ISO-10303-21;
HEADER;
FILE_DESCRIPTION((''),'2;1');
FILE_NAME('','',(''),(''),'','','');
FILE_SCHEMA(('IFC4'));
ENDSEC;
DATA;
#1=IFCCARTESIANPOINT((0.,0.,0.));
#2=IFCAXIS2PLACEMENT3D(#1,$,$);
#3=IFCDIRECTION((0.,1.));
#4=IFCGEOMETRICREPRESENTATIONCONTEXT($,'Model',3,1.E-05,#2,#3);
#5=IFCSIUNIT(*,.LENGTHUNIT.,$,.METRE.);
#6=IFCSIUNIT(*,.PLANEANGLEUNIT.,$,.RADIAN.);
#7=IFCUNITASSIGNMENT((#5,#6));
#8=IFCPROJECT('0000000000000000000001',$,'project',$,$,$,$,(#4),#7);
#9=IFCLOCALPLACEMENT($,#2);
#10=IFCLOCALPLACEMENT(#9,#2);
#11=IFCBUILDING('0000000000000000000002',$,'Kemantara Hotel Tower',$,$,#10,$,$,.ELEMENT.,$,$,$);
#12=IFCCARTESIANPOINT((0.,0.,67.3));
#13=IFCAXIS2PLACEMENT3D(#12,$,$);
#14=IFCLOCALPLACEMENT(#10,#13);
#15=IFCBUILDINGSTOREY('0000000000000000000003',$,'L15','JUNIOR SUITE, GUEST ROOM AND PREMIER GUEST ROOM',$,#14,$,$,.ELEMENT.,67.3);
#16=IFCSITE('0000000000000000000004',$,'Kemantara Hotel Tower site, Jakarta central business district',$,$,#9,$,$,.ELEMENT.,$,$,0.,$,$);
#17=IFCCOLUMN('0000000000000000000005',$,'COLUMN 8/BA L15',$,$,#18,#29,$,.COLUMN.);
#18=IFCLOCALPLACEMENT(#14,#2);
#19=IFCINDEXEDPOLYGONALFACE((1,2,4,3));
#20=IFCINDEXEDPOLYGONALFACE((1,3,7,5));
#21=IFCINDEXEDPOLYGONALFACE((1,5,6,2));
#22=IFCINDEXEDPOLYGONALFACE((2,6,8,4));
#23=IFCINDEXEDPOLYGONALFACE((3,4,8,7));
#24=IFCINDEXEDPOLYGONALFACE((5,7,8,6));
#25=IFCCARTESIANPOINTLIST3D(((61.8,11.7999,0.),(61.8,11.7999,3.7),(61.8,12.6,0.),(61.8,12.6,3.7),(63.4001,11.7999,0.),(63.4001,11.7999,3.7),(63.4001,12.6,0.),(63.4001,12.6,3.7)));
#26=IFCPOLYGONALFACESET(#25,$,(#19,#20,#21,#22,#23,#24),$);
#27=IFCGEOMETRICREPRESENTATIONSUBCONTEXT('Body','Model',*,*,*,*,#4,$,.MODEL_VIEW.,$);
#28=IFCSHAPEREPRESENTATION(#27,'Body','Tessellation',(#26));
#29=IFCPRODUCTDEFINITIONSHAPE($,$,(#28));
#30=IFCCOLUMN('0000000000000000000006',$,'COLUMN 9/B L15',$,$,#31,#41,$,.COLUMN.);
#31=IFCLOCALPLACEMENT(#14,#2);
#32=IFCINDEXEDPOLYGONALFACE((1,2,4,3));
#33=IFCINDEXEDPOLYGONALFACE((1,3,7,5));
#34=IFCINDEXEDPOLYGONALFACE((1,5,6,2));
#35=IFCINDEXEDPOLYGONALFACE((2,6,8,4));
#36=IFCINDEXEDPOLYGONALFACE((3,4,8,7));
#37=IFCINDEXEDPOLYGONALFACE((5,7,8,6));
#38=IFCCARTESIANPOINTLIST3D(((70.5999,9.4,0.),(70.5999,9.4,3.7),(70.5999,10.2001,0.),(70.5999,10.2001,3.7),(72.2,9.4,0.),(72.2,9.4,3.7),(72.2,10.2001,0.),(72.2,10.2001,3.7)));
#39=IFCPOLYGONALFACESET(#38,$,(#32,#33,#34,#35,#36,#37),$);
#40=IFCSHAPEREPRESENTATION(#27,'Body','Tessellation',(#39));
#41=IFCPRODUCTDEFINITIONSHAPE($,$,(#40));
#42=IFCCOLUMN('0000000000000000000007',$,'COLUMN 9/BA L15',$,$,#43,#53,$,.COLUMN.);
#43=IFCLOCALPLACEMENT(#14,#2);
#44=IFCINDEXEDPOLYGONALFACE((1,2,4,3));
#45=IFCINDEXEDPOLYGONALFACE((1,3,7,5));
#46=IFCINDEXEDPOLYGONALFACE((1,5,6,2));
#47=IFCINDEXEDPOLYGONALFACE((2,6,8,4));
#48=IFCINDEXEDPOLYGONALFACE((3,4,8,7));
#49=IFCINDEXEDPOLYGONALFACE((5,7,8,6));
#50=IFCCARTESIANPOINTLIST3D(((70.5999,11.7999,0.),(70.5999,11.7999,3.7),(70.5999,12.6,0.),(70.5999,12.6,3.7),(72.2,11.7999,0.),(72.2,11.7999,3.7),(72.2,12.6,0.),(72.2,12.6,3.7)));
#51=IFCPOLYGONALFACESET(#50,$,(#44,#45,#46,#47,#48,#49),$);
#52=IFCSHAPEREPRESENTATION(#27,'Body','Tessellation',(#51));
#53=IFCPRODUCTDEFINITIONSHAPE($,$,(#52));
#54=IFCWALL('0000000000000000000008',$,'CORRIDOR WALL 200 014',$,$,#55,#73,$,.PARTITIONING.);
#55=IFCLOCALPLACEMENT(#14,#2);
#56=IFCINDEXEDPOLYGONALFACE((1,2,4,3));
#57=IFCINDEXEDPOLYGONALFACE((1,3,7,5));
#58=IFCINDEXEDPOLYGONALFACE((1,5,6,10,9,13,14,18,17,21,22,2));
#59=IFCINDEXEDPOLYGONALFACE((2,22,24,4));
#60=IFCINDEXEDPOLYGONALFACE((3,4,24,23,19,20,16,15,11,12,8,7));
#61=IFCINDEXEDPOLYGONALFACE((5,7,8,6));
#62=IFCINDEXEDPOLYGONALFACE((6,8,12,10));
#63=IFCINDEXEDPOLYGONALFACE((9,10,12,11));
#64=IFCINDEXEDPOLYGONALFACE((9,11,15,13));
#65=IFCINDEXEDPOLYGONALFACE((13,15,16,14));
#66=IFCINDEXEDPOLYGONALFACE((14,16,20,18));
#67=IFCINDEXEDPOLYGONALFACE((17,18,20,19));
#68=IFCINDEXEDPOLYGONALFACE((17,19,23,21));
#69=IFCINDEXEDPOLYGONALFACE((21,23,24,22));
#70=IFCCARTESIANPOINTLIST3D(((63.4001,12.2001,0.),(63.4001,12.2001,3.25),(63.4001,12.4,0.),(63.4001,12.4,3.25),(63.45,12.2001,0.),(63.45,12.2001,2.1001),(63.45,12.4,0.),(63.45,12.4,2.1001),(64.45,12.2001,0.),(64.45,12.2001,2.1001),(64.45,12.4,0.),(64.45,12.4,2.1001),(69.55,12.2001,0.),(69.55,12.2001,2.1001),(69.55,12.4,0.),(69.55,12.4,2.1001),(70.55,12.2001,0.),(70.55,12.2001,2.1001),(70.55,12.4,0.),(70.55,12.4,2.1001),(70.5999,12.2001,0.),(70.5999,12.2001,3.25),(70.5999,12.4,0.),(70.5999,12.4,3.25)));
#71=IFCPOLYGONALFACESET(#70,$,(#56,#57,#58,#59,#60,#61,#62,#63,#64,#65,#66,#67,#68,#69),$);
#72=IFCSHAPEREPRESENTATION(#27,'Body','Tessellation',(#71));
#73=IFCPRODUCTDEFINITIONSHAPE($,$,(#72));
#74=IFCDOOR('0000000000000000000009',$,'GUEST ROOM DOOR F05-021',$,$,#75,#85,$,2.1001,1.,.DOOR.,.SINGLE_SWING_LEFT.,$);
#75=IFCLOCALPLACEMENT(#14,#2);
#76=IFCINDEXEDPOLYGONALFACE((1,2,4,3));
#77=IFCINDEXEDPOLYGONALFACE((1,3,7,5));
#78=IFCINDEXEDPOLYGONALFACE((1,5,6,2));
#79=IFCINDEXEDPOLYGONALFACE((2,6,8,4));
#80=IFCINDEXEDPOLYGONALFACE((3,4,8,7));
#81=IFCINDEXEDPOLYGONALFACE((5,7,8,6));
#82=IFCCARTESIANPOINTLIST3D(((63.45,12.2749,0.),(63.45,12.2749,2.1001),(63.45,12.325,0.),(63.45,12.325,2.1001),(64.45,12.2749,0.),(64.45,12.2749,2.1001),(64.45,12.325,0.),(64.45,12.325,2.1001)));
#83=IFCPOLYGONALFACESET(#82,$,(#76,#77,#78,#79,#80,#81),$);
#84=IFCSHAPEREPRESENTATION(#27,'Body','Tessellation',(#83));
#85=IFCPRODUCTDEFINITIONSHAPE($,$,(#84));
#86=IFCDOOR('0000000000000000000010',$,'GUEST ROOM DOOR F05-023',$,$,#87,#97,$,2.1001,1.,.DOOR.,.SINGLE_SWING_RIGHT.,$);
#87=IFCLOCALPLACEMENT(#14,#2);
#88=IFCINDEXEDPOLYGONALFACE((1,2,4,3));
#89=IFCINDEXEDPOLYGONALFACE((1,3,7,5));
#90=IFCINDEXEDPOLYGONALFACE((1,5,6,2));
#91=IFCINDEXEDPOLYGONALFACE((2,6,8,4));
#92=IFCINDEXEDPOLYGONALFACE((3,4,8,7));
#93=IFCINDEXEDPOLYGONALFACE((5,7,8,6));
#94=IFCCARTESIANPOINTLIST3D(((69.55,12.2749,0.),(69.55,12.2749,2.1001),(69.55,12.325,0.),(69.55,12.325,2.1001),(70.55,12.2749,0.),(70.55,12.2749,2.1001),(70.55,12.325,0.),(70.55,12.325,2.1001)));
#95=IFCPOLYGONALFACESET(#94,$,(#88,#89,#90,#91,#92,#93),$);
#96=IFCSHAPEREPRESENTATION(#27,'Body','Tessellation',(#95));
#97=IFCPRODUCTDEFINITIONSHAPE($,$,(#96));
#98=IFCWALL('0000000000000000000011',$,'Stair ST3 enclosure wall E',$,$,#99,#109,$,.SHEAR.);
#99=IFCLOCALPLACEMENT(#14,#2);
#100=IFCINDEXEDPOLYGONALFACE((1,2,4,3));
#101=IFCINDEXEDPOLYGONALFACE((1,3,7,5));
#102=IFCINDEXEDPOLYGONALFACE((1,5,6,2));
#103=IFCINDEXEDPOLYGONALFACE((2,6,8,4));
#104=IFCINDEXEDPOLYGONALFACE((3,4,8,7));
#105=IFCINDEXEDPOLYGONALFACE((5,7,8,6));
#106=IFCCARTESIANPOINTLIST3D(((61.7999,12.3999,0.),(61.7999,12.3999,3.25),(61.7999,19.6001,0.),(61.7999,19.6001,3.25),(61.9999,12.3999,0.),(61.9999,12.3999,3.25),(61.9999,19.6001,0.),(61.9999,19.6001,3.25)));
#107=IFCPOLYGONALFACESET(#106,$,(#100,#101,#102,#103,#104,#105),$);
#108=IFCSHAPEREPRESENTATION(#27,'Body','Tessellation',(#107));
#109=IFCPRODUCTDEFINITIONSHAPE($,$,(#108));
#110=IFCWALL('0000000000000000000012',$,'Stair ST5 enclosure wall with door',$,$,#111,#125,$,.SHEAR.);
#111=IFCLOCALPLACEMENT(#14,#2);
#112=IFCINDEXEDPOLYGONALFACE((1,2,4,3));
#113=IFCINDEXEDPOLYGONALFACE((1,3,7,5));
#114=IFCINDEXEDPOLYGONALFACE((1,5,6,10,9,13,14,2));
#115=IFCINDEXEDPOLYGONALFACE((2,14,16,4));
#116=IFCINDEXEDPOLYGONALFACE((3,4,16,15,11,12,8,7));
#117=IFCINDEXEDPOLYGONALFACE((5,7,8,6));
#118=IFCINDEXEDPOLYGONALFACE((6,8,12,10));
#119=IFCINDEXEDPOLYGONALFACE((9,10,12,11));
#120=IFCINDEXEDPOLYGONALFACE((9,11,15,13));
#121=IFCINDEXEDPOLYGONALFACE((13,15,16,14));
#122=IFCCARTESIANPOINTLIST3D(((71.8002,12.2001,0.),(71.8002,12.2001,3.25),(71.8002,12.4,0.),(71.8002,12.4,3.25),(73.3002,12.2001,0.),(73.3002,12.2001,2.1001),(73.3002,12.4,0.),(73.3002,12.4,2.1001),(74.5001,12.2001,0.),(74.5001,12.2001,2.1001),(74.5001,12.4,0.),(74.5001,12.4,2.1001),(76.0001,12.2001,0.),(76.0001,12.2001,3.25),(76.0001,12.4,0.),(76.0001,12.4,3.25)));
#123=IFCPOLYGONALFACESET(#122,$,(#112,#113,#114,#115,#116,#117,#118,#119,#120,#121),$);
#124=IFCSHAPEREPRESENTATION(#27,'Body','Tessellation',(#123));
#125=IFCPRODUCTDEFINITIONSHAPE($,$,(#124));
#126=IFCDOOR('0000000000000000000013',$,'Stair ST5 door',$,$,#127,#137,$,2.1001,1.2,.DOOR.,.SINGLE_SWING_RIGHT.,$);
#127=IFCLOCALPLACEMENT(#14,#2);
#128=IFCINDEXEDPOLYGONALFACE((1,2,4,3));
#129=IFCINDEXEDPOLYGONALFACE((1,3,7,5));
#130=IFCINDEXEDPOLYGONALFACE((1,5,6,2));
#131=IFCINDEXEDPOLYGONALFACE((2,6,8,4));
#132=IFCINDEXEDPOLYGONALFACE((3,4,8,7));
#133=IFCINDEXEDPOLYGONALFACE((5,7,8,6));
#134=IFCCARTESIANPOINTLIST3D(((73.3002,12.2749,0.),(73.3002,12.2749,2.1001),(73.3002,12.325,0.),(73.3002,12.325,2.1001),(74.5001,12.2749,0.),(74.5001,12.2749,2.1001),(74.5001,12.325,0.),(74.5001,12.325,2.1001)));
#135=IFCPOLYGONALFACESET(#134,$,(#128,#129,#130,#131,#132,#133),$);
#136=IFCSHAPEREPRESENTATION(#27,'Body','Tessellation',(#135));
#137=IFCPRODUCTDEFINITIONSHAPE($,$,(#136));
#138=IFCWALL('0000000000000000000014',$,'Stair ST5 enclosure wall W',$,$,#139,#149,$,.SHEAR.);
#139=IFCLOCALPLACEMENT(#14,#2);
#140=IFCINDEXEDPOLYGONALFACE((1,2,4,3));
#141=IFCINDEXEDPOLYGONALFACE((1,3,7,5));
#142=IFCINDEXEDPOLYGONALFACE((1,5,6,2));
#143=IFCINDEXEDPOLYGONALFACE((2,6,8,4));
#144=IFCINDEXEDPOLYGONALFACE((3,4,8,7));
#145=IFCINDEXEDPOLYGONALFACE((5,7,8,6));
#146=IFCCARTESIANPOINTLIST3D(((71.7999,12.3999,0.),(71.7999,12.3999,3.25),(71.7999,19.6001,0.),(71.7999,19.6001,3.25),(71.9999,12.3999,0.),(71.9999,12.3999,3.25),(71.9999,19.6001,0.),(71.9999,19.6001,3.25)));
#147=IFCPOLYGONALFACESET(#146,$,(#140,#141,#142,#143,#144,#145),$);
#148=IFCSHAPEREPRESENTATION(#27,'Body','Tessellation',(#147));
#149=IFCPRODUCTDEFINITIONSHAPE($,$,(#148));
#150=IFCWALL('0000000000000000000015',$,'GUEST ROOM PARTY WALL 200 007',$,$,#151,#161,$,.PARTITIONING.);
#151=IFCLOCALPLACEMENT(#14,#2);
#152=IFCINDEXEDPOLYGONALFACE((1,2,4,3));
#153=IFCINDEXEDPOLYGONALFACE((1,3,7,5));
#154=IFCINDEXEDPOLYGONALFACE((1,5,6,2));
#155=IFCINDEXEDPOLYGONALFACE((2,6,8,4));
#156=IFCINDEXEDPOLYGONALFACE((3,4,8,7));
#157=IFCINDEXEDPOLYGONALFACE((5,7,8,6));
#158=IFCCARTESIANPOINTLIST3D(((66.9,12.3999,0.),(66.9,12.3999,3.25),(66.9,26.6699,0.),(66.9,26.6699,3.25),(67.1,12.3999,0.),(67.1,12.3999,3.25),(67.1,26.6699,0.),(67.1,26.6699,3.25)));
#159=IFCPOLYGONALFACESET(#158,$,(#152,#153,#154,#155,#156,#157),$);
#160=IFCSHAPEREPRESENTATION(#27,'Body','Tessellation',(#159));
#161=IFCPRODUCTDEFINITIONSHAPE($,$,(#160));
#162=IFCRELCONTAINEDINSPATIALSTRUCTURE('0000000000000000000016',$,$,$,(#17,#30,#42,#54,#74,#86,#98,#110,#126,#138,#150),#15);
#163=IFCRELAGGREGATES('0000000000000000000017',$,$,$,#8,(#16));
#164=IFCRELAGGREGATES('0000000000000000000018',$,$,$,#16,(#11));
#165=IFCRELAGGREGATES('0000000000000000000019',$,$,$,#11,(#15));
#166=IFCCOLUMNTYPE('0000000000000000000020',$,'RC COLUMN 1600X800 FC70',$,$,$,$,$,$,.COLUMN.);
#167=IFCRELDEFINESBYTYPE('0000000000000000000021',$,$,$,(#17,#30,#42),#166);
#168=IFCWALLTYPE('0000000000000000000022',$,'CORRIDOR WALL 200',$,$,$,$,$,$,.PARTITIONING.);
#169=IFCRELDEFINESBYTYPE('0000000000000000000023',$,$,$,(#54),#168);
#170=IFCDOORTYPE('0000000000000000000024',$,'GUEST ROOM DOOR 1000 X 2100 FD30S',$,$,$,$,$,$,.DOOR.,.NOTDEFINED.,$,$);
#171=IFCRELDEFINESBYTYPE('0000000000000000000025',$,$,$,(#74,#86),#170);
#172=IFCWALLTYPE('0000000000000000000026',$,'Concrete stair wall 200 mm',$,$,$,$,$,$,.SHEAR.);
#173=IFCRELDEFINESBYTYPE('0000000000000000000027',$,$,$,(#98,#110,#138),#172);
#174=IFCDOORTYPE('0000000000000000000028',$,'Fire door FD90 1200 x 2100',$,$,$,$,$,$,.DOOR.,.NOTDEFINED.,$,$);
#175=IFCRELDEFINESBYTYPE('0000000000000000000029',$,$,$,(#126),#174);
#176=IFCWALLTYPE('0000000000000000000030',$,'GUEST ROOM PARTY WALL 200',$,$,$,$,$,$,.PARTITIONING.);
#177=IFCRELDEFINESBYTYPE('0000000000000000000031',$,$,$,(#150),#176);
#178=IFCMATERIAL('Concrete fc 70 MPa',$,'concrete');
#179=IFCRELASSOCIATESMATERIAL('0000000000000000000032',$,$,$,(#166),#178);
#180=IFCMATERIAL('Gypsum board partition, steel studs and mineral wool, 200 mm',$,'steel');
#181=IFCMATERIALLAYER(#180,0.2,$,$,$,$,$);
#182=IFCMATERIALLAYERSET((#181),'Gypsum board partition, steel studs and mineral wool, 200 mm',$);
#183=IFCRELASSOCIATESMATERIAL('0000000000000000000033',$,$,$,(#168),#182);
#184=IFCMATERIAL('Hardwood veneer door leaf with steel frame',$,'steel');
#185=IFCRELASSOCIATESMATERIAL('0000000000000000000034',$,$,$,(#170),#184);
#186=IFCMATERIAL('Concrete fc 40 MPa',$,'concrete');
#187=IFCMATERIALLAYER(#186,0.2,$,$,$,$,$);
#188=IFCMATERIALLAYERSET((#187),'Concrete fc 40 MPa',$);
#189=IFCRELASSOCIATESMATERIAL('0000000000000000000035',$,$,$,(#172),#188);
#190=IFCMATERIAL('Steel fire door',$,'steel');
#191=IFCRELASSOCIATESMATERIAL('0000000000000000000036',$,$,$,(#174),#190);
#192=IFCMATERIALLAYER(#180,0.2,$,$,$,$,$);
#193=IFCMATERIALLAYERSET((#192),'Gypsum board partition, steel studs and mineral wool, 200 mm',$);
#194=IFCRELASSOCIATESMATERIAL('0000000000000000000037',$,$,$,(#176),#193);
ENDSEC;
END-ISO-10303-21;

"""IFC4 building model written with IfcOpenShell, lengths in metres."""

from ifc_helpers import new_model, si_unit, direction, frame, frame_2d, origin, origin_2d, place, context, subcontext, project, spatial, rectangle, extrude, material, layer, layer_set, material_profile, profile_set, type_object, element, fill, save


model = new_model("IFC4")

# Units and contexts
model_context = context("Model", 3, precision=1e-05, world=origin(), true_north=direction((0.0, 1.0)))
body_context = subcontext(model_context, "Body", "Model", "MODEL_VIEW")
ifc_project = project(units=[si_unit("LENGTHUNIT", "METRE"), si_unit("PLANEANGLEUNIT", "RADIAN")], contexts=[model_context])

# Site, building, storey
site_placement = place(None, origin())
site = spatial("IfcSite", under=ifc_project, at=site_placement, Name="Kemantara Hotel Tower site, Jakarta central business district", CompositionType="ELEMENT", RefElevation=0.0)
building_placement = place(site_placement, origin())
building = spatial("IfcBuilding", under=site, at=building_placement, Name="Kemantara Hotel Tower", CompositionType="ELEMENT")
storey_placement = place(building_placement, frame((0.0, 0.0, 67.3)))
storey = spatial("IfcBuildingStorey", under=building, at=storey_placement, Name="L15", Description="JUNIOR SUITE, GUEST ROOM AND PREMIER GUEST ROOM", CompositionType="ELEMENT", Elevation=67.3)

# Columns
ifc_material_1 = material(Name="Concrete fc 70 MPa", Category="concrete")
ifc_material_profile = material_profile(ifc_material_1, rectangle(XDim=1.6001, YDim=0.8, at=origin_2d()), Name="RC 1600X800")
ifc_profile_set = profile_set([ifc_material_profile], Name="Concrete fc 70 MPa")
column_type = type_object("IfcColumnType", Name="RC COLUMN 1600X800 FC70", PredefinedType="COLUMN", material=ifc_profile_set)
for number, where, z_axis, x_axis, name in (
    (1, (62.6001, 12.2, 0.0), (0.0, 0.0, 1.0), (1.0, 0.0, 0.0), "COLUMN 8/BA L15"),
    (2, (71.3999, 9.8, 0.0), (0.0, 0.0, 1.0), (1.0, 0.0, 0.0), "COLUMN 9/B L15"),
    (3, (71.3999, 12.2, 0.0), (0.0, 0.0, 1.0), (1.0, 0.0, 0.0), "COLUMN 9/BA L15"),
):
    element("IfcColumn", number, at=place(storey_placement, frame(where, z_axis=z_axis, x_axis=x_axis)), inside=storey, type_object=column_type, Name=name, PredefinedType="COLUMN", context=body_context, shape_type="SweptSolid", body=[
        extrude(rectangle(XDim=1.6001, YDim=0.8, at=origin_2d()), origin(), (0.0, 0.0, 1.0), 3.7),
    ])

# Wall, openings, doors
ifc_material_2 = material(Name="Gypsum board partition, steel studs and mineral wool, 200 mm", Category="steel")
ifc_layer_1 = layer(ifc_material_2, 0.2)
ifc_layer_set_1 = layer_set([ifc_layer_1], Name="Gypsum board partition, steel studs and mineral wool, 200 mm")
wall_type_1 = type_object("IfcWallType", Name="CORRIDOR WALL 200", PredefinedType="PARTITIONING", material=ifc_layer_set_1)
wall_1_placement = place(storey_placement, frame((63.4001, 12.3, 0.0), z_axis=(0.0, 0.0, 1.0), x_axis=(1.0, 0.0, 0.0)))
wall_1 = element("IfcWall", 4, at=wall_1_placement, inside=storey, type_object=wall_type_1, Name="CORRIDOR WALL 200 014", PredefinedType="PARTITIONING", context=body_context, shape_type="SweptSolid", body=[
    extrude(rectangle(XDim=7.1997, YDim=0.2, at=frame_2d((3.5999, 0.0))), origin(), (0.0, 0.0, 1.0), 3.25),
])
opening_1_placement = place(wall_1_placement, frame((0.0498, 0.0, 0.0)))
opening_1 = element("IfcOpeningElement", 5, at=opening_1_placement, cuts=wall_1, PredefinedType="OPENING", context=body_context, shape_type="SweptSolid", body=[
    extrude(rectangle(XDim=1.0, YDim=2.1001, at=frame_2d((0.5, 1.05))), frame((0.0, 0.1099, 0.0), z_axis=(0.0, -1.0, 0.0), x_axis=(1.0, 0.0, 0.0)), (0.0, 0.0, 1.0), 0.22),
])
opening_2_placement = place(wall_1_placement, frame((6.1499, 0.0, 0.0)))
opening_2 = element("IfcOpeningElement", 6, at=opening_2_placement, cuts=wall_1, PredefinedType="OPENING", context=body_context, shape_type="SweptSolid", body=[
    extrude(rectangle(XDim=1.0, YDim=2.1001, at=frame_2d((0.5, 1.05))), frame((0.0, 0.1099, 0.0), z_axis=(0.0, -1.0, 0.0), x_axis=(1.0, 0.0, 0.0)), (0.0, 0.0, 1.0), 0.22),
])
ifc_material_3 = material(Name="Hardwood veneer door leaf with steel frame", Category="steel")
door_type_1 = type_object("IfcDoorType", Name="GUEST ROOM DOOR 1000 X 2100 FD30S", OperationType="NOTDEFINED", PredefinedType="DOOR", material=ifc_material_3)
door_1_placement = place(opening_1_placement, origin())
door_1 = element("IfcDoor", 7, at=door_1_placement, inside=storey, type_object=door_type_1, Name="GUEST ROOM DOOR F05-021", OperationType="SINGLE_SWING_LEFT", OverallHeight=2.1001, OverallWidth=1.0, PredefinedType="DOOR", context=body_context, shape_type="SweptSolid", body=[
    extrude(rectangle(XDim=1.0, YDim=2.1001, at=frame_2d((0.5, 1.05))), frame((0.0, 0.0249, 0.0), z_axis=(0.0, -1.0, 0.0), x_axis=(1.0, 0.0, 0.0)), (0.0, 0.0, 1.0), 0.05),
])
fill(opening_1, door_1)
door_2_placement = place(opening_2_placement, origin())
door_2 = element("IfcDoor", 8, at=door_2_placement, inside=storey, type_object=door_type_1, Name="GUEST ROOM DOOR F05-023", OperationType="SINGLE_SWING_RIGHT", OverallHeight=2.1001, OverallWidth=1.0, PredefinedType="DOOR", context=body_context, shape_type="SweptSolid", body=[
    extrude(rectangle(XDim=1.0, YDim=2.1001, at=frame_2d((0.5, 1.05))), frame((0.0, 0.0249, 0.0), z_axis=(0.0, -1.0, 0.0), x_axis=(1.0, 0.0, 0.0)), (0.0, 0.0, 1.0), 0.05),
])
fill(opening_2, door_2)

# Wall
ifc_material_4 = material(Name="Concrete fc 40 MPa", Category="concrete")
ifc_layer_2 = layer(ifc_material_4, 0.2)
ifc_layer_set_2 = layer_set([ifc_layer_2], Name="Concrete fc 40 MPa")
wall_type_2 = type_object("IfcWallType", Name="Concrete stair wall 200 mm", PredefinedType="SHEAR", material=ifc_layer_set_2)
wall_2_placement = place(storey_placement, frame((61.8999, 12.3999, 0.0), z_axis=(0.0, 0.0, 1.0), x_axis=(0.0, 1.0, 0.0)))
element("IfcWall", 9, at=wall_2_placement, inside=storey, type_object=wall_type_2, Name="Stair ST3 enclosure wall E", PredefinedType="SHEAR", context=body_context, shape_type="SweptSolid", body=[
    extrude(rectangle(XDim=7.2002, YDim=0.2, at=frame_2d((3.6001, 0.0))), origin(), (0.0, 0.0, 1.0), 3.25),
])

# Wall, opening, door
wall_3_placement = place(storey_placement, frame((71.8, 12.3, 0.0), z_axis=(0.0, 0.0, 1.0), x_axis=(1.0, 0.0, 0.0)))
wall_3 = element("IfcWall", 10, at=wall_3_placement, inside=storey, type_object=wall_type_2, Name="Stair ST5 enclosure wall with door", PredefinedType="SHEAR", context=body_context, shape_type="SweptSolid", body=[
    extrude(rectangle(XDim=4.2, YDim=0.2, at=frame_2d((2.1001, 0.0))), origin(), (0.0, 0.0, 1.0), 3.25),
])
opening_3_placement = place(wall_3_placement, frame((1.5, 0.0, 0.0)))
opening_3 = element("IfcOpeningElement", 11, at=opening_3_placement, cuts=wall_3, PredefinedType="OPENING", context=body_context, shape_type="SweptSolid", body=[
    extrude(rectangle(XDim=1.2, YDim=2.1001, at=frame_2d((0.6001, 1.05))), frame((0.0, 0.1099, 0.0), z_axis=(0.0, -1.0, 0.0), x_axis=(1.0, 0.0, 0.0)), (0.0, 0.0, 1.0), 0.22),
])
ifc_material_5 = material(Name="Steel fire door", Category="steel")
door_type_2 = type_object("IfcDoorType", Name="Fire door FD90 1200 x 2100", OperationType="NOTDEFINED", PredefinedType="DOOR", material=ifc_material_5)
door_3_placement = place(opening_3_placement, origin())
door_3 = element("IfcDoor", 12, at=door_3_placement, inside=storey, type_object=door_type_2, Name="Stair ST5 door", OperationType="SINGLE_SWING_RIGHT", OverallHeight=2.1001, OverallWidth=1.2, PredefinedType="DOOR", context=body_context, shape_type="SweptSolid", body=[
    extrude(rectangle(XDim=1.2, YDim=2.1001, at=frame_2d((0.6001, 1.05))), frame((0.0, 0.0249, 0.0), z_axis=(0.0, -1.0, 0.0), x_axis=(1.0, 0.0, 0.0)), (0.0, 0.0, 1.0), 0.05),
])
fill(opening_3, door_3)

# Walls
wall_4_placement = place(storey_placement, frame((71.8999, 12.3999, 0.0), z_axis=(0.0, 0.0, 1.0), x_axis=(0.0, 1.0, 0.0)))
element("IfcWall", 13, at=wall_4_placement, inside=storey, type_object=wall_type_2, Name="Stair ST5 enclosure wall W", PredefinedType="SHEAR", context=body_context, shape_type="SweptSolid", body=[
    extrude(rectangle(XDim=7.2002, YDim=0.2, at=frame_2d((3.6001, 0.0))), origin(), (0.0, 0.0, 1.0), 3.25),
])
ifc_layer_3 = layer(ifc_material_2, 0.2)
ifc_layer_set_3 = layer_set([ifc_layer_3], Name="Gypsum board partition, steel studs and mineral wool, 200 mm")
wall_type_3 = type_object("IfcWallType", Name="GUEST ROOM PARTY WALL 200", PredefinedType="PARTITIONING", material=ifc_layer_set_3)
wall_5_placement = place(storey_placement, frame((67.0, 12.3999, 0.0), z_axis=(0.0, 0.0, 1.0), x_axis=(0.0, 1.0, 0.0)))
element("IfcWall", 14, at=wall_5_placement, inside=storey, type_object=wall_type_3, Name="GUEST ROOM PARTY WALL 200 007", PredefinedType="PARTITIONING", context=body_context, shape_type="SweptSolid", body=[
    extrude(rectangle(XDim=14.27, YDim=0.2, at=frame_2d((7.135, 0.0))), origin(), (0.0, 0.0, 1.0), 3.25),
])

save(model, "model.ifc")
